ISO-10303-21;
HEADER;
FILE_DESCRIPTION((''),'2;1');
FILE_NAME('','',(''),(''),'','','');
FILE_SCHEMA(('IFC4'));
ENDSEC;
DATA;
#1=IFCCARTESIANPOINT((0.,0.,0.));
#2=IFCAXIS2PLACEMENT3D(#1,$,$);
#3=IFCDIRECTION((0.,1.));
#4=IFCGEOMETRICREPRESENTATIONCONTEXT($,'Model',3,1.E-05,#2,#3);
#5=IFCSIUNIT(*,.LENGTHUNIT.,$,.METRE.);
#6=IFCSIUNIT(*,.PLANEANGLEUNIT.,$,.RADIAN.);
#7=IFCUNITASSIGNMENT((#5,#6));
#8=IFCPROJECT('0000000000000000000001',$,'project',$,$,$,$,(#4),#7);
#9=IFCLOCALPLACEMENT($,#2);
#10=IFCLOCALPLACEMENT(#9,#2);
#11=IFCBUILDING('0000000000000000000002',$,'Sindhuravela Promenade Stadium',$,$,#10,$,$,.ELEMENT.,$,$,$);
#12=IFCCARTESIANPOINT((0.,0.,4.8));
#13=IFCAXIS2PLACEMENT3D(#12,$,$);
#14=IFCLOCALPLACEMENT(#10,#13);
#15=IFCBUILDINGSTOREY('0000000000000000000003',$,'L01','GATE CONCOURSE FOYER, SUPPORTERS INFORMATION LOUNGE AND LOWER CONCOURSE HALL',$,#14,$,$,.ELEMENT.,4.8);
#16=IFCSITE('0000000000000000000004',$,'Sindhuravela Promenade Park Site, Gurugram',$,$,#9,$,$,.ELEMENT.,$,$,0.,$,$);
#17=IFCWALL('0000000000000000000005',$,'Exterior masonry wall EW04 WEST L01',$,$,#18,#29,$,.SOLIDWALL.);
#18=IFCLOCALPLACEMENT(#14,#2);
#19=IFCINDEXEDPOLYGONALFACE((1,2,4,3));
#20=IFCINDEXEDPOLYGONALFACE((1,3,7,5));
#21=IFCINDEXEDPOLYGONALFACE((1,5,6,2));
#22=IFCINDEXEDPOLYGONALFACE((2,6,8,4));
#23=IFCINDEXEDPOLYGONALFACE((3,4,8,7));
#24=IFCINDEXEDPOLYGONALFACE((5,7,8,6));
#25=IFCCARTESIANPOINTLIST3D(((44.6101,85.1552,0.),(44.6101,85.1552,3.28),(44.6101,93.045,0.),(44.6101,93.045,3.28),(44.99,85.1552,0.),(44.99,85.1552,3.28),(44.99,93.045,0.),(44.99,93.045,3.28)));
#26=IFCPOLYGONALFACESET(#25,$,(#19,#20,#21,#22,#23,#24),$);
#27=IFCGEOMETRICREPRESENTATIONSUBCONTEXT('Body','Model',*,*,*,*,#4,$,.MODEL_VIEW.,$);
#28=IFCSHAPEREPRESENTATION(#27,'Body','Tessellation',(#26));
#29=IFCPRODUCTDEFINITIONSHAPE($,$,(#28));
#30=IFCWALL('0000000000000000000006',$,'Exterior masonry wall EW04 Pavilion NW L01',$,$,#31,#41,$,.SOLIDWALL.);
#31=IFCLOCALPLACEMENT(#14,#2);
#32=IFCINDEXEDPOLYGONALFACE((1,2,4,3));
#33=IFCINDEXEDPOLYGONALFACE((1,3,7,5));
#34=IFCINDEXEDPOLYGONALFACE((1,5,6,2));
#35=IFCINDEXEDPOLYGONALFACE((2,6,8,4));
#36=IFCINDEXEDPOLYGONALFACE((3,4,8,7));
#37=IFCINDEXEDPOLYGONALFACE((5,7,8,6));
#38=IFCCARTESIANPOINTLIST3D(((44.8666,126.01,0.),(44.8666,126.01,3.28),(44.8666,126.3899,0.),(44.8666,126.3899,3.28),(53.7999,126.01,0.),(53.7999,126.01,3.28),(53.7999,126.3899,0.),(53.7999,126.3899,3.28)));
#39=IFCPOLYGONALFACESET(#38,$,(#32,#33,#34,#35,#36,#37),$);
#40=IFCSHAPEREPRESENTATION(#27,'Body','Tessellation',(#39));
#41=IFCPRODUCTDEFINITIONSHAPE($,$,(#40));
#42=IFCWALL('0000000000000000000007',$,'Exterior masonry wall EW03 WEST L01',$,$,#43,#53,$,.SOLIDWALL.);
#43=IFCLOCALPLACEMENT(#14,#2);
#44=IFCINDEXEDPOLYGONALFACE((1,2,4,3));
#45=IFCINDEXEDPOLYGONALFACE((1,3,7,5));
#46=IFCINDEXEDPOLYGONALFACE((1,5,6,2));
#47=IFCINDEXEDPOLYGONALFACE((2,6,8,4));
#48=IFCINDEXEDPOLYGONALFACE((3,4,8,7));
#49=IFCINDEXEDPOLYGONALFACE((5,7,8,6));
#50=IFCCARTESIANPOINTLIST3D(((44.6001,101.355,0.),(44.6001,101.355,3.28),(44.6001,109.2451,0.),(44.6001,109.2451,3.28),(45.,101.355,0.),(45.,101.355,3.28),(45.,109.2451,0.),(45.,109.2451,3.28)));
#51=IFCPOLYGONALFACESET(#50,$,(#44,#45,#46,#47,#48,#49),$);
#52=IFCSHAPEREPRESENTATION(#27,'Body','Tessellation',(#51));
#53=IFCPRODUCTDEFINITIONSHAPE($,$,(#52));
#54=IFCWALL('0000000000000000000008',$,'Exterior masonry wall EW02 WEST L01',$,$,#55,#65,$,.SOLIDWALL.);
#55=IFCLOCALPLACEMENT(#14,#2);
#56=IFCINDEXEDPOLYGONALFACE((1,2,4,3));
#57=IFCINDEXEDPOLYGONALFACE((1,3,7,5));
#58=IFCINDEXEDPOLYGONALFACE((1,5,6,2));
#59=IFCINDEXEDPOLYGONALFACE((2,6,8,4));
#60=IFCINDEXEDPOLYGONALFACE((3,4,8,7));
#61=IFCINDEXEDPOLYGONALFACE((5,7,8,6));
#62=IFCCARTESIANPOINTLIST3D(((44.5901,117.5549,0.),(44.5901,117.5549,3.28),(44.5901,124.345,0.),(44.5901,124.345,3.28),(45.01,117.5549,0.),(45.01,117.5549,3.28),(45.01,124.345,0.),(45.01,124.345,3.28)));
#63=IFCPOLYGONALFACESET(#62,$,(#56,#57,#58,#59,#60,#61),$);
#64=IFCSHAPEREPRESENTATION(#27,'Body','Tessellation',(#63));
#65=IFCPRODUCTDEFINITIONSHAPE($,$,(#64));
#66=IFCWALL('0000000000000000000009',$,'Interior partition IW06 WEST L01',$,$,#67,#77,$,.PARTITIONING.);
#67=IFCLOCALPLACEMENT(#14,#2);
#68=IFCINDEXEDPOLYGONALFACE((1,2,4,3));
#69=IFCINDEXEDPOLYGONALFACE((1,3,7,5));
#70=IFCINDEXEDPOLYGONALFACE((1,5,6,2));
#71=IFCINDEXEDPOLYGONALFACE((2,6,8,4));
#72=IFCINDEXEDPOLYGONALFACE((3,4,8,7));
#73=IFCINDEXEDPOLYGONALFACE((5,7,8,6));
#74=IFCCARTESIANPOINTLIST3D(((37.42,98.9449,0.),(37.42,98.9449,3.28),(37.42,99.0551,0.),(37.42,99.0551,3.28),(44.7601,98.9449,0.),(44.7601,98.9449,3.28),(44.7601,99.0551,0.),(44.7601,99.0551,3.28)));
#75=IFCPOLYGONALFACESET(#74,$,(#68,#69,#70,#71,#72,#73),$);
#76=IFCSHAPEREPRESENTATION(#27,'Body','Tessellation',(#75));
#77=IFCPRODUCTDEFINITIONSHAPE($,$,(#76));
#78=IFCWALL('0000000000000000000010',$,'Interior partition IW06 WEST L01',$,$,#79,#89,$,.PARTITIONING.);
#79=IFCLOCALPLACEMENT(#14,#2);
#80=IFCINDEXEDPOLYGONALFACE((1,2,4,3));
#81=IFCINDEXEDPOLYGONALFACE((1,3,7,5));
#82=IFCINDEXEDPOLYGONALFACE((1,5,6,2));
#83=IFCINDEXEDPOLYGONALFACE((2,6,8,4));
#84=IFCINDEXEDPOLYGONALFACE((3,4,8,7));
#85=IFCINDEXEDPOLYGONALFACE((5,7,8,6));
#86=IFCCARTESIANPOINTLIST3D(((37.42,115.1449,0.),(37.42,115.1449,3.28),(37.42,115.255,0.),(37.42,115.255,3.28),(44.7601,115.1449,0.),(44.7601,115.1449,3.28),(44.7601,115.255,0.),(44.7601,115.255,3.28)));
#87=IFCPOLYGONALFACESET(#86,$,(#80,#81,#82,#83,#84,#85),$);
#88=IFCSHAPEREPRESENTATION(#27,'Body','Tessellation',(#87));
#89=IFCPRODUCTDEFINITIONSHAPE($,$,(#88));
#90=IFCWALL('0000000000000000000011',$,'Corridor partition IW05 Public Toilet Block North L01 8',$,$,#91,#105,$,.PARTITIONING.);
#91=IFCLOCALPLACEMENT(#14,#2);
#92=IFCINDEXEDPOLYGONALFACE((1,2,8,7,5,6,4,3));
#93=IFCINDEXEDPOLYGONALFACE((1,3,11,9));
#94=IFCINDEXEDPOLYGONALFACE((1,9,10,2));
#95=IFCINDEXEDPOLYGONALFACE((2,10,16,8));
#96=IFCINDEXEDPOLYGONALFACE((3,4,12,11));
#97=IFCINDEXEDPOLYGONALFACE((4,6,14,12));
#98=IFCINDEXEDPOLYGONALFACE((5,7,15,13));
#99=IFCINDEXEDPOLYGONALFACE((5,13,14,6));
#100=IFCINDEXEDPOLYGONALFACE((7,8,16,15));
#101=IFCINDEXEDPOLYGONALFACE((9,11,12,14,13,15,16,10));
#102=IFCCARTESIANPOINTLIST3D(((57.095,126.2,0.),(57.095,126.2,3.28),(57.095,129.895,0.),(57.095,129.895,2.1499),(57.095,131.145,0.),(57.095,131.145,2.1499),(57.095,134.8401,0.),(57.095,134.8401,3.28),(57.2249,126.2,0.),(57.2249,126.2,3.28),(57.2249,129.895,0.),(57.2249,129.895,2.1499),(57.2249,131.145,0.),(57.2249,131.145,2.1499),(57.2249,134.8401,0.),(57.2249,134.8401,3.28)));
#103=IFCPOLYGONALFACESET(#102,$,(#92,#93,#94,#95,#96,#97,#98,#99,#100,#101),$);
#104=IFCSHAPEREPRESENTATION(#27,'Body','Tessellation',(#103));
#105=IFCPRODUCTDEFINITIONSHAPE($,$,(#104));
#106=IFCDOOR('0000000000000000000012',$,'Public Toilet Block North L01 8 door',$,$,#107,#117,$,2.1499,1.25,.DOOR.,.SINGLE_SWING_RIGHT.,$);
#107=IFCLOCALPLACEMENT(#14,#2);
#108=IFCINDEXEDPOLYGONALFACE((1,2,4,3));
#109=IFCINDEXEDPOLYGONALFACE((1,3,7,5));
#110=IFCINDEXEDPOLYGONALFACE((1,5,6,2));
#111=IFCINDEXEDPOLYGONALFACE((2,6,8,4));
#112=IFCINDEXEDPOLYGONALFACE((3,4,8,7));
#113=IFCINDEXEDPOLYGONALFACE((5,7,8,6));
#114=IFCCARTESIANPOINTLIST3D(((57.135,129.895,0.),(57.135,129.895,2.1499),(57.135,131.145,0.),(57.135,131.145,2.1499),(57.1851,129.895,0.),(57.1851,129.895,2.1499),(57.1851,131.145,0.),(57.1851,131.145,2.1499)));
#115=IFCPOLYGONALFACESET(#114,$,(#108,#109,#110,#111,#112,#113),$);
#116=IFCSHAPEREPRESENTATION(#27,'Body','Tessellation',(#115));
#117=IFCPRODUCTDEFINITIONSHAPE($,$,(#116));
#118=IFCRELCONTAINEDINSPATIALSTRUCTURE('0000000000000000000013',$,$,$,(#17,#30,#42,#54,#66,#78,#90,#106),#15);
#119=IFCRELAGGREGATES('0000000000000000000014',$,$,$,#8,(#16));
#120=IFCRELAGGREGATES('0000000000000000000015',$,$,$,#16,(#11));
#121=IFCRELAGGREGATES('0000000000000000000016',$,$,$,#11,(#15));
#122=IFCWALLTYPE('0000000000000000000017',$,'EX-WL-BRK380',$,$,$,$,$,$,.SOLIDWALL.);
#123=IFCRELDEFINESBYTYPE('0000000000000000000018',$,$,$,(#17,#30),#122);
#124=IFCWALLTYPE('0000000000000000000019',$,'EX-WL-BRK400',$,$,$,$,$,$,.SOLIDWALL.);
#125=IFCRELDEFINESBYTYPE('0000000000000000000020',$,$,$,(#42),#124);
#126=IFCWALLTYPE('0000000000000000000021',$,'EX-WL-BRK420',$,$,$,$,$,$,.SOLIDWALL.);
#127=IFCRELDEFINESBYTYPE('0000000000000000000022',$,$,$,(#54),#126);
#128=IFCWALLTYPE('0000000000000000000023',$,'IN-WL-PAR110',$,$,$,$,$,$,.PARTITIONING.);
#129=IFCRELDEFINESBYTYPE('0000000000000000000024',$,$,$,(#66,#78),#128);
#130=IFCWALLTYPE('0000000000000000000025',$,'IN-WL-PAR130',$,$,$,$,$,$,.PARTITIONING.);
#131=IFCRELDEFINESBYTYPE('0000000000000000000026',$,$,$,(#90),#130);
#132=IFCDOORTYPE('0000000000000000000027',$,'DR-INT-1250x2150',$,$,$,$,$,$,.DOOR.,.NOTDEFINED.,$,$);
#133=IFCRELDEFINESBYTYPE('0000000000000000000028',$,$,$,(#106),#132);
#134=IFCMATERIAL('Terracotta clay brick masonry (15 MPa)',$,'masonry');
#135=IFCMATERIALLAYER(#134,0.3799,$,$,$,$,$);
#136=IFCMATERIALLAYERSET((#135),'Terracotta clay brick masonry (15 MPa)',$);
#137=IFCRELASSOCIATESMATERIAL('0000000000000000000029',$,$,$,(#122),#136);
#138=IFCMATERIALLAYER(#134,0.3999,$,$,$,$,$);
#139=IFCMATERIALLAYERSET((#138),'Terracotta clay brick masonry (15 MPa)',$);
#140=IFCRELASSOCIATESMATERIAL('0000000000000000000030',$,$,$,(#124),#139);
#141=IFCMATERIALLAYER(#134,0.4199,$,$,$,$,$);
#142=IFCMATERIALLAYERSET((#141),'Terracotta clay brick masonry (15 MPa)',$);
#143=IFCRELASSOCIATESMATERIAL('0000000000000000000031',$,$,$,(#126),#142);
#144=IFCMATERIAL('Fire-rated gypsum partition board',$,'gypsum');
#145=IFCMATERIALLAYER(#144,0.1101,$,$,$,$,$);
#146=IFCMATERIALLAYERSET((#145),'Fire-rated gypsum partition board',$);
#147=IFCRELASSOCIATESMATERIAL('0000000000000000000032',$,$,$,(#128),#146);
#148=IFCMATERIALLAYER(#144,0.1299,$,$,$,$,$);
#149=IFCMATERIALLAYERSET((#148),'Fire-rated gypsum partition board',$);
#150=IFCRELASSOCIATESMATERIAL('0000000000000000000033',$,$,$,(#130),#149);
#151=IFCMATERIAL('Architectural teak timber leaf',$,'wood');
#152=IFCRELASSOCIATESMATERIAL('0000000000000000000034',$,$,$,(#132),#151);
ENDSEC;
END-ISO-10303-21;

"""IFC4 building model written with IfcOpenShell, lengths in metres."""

from ifc_helpers import new_model, si_unit, direction, frame, frame_2d, origin, place, context, subcontext, project, spatial, rectangle, extrude, material, layer, layer_set, type_object, element, fill, save


model = new_model("IFC4")

# Units and contexts
model_context = context("Model", 3, precision=1e-05, world=origin(), true_north=direction((0.0, 1.0)))
body_context = subcontext(model_context, "Body", "Model", "MODEL_VIEW")
ifc_project = project(units=[si_unit("LENGTHUNIT", "METRE"), si_unit("PLANEANGLEUNIT", "RADIAN")], contexts=[model_context])

# Site, building, storey
site_placement = place(None, origin())
site = spatial("IfcSite", under=ifc_project, at=site_placement, Name="Sindhuravela Promenade Park Site, Gurugram", CompositionType="ELEMENT", RefElevation=0.0)
building_placement = place(site_placement, origin())
building = spatial("IfcBuilding", under=site, at=building_placement, Name="Sindhuravela Promenade Stadium", CompositionType="ELEMENT")
storey_placement = place(building_placement, frame((0.0, 0.0, 4.8)))
storey = spatial("IfcBuildingStorey", under=building, at=storey_placement, Name="L01", Description="GATE CONCOURSE FOYER, SUPPORTERS INFORMATION LOUNGE AND LOWER CONCOURSE HALL", CompositionType="ELEMENT", Elevation=4.8)

# Walls
ifc_material_1 = material(Name="Terracotta clay brick masonry (15 MPa)", Category="masonry")
ifc_layer_1 = layer(ifc_material_1, 0.3799)
ifc_layer_set_1 = layer_set([ifc_layer_1], Name="Terracotta clay brick masonry (15 MPa)")
wall_type_1 = type_object("IfcWallType", Name="EX-WL-BRK380", PredefinedType="SOLIDWALL", material=ifc_layer_set_1)
wall_1_placement = place(storey_placement, frame((44.8, 93.0449, 0.0), z_axis=(0.0, 0.0, 1.0), x_axis=(0.0, -1.0, 0.0)))
element("IfcWall", 1, at=wall_1_placement, inside=storey, type_object=wall_type_1, Name="Exterior masonry wall EW04 WEST L01", PredefinedType="SOLIDWALL", context=body_context, shape_type="SweptSolid", body=[
    extrude(rectangle(XDim=7.8899, YDim=0.3799, at=frame_2d((3.9448, 0.0))), origin(), (0.0, 0.0, 1.0), 3.28),
])
wall_2_placement = place(storey_placement, frame((53.8, 126.2, 0.0), z_axis=(0.0, 0.0, 1.0), x_axis=(-1.0, 0.0, 0.0)))
element("IfcWall", 2, at=wall_2_placement, inside=storey, type_object=wall_type_1, Name="Exterior masonry wall EW04 Pavilion NW L01", PredefinedType="SOLIDWALL", context=body_context, shape_type="SweptSolid", body=[
    extrude(rectangle(XDim=8.9333, YDim=0.3799, at=frame_2d((4.4668, 0.0))), origin(), (0.0, 0.0, 1.0), 3.28),
])
ifc_layer_2 = layer(ifc_material_1, 0.3999)
ifc_layer_set_2 = layer_set([ifc_layer_2], Name="Terracotta clay brick masonry (15 MPa)")
wall_type_2 = type_object("IfcWallType", Name="EX-WL-BRK400", PredefinedType="SOLIDWALL", material=ifc_layer_set_2)
wall_3_placement = place(storey_placement, frame((44.8, 109.2451, 0.0), z_axis=(0.0, 0.0, 1.0), x_axis=(0.0, -1.0, 0.0)))
element("IfcWall", 3, at=wall_3_placement, inside=storey, type_object=wall_type_2, Name="Exterior masonry wall EW03 WEST L01", PredefinedType="SOLIDWALL", context=body_context, shape_type="SweptSolid", body=[
    extrude(rectangle(XDim=7.8901, YDim=0.3999, at=frame_2d((3.9451, 0.0))), origin(), (0.0, 0.0, 1.0), 3.28),
])
ifc_layer_3 = layer(ifc_material_1, 0.4199)
ifc_layer_set_3 = layer_set([ifc_layer_3], Name="Terracotta clay brick masonry (15 MPa)")
wall_type_3 = type_object("IfcWallType", Name="EX-WL-BRK420", PredefinedType="SOLIDWALL", material=ifc_layer_set_3)
wall_4_placement = place(storey_placement, frame((44.8, 124.345, 0.0), z_axis=(0.0, 0.0, 1.0), x_axis=(0.0, -1.0, 0.0)))
element("IfcWall", 4, at=wall_4_placement, inside=storey, type_object=wall_type_3, Name="Exterior masonry wall EW02 WEST L01", PredefinedType="SOLIDWALL", context=body_context, shape_type="SweptSolid", body=[
    extrude(rectangle(XDim=6.79, YDim=0.4199, at=frame_2d((3.395, 0.0))), origin(), (0.0, 0.0, 1.0), 3.28),
])
ifc_material_2 = material(Name="Fire-rated gypsum partition board", Category="gypsum")
ifc_layer_4 = layer(ifc_material_2, 0.1101)
ifc_layer_set_4 = layer_set([ifc_layer_4], Name="Fire-rated gypsum partition board")
wall_type_4 = type_object("IfcWallType", Name="IN-WL-PAR110", PredefinedType="PARTITIONING", material=ifc_layer_set_4)
for number, where, z_axis, x_axis, name in (
    (5, (44.76, 99.0, 0.0), (0.0, 0.0, 1.0), (-1.0, 0.0, 0.0), "Interior partition IW06 WEST L01"),
    (6, (44.76, 115.2, 0.0), (0.0, 0.0, 1.0), (-1.0, 0.0, 0.0), "Interior partition IW06 WEST L01"),
):
    element("IfcWall", number, at=place(storey_placement, frame(where, z_axis=z_axis, x_axis=x_axis)), inside=storey, type_object=wall_type_4, Name=name, PredefinedType="PARTITIONING", context=body_context, shape_type="SweptSolid", body=[
        extrude(rectangle(XDim=7.3401, YDim=0.1101, at=frame_2d((3.6699, 0.0))), origin(), (0.0, 0.0, 1.0), 3.28),
    ])

# Wall, opening, door
ifc_layer_5 = layer(ifc_material_2, 0.1299)
ifc_layer_set_5 = layer_set([ifc_layer_5], Name="Fire-rated gypsum partition board")
wall_type_5 = type_object("IfcWallType", Name="IN-WL-PAR130", PredefinedType="PARTITIONING", material=ifc_layer_set_5)
wall_5_placement = place(storey_placement, frame((57.1599, 126.2, 0.0), z_axis=(0.0, 0.0, 1.0), x_axis=(0.0, 1.0, 0.0)))
wall_5 = element("IfcWall", 7, at=wall_5_placement, inside=storey, type_object=wall_type_5, Name="Corridor partition IW05 Public Toilet Block North L01 8", PredefinedType="PARTITIONING", context=body_context, shape_type="SweptSolid", body=[
    extrude(rectangle(XDim=8.6401, YDim=0.1299, at=frame_2d((4.3201, 0.0))), origin(), (0.0, 0.0, 1.0), 3.28),
])
opening_placement = place(wall_5_placement, frame((3.6951, 0.0, 0.0)))
opening = element("IfcOpeningElement", 8, at=opening_placement, cuts=wall_5, PredefinedType="OPENING", context=body_context, shape_type="SweptSolid", body=[
    extrude(rectangle(XDim=1.25, YDim=2.1499, at=frame_2d((0.625, 1.075))), frame((0.0, 0.075, 0.0), z_axis=(0.0, -1.0, 0.0), x_axis=(1.0, 0.0, 0.0)), (0.0, 0.0, 1.0), 0.1499),
])
ifc_material_3 = material(Name="Architectural teak timber leaf", Category="wood")
door_type = type_object("IfcDoorType", Name="DR-INT-1250x2150", OperationType="NOTDEFINED", PredefinedType="DOOR", material=ifc_material_3)
door_placement = place(opening_placement, origin())
door = element("IfcDoor", 9, at=door_placement, inside=storey, type_object=door_type, Name="Public Toilet Block North L01 8 door", OperationType="SINGLE_SWING_RIGHT", OverallHeight=2.1499, OverallWidth=1.25, PredefinedType="DOOR", context=body_context, shape_type="SweptSolid", body=[
    extrude(rectangle(XDim=1.25, YDim=2.1499, at=frame_2d((0.625, 1.075))), frame((0.0, 0.0249, 0.0), z_axis=(0.0, -1.0, 0.0), x_axis=(1.0, 0.0, 0.0)), (0.0, 0.0, 1.0), 0.05),
])
fill(opening, door)

save(model, "model.ifc")
